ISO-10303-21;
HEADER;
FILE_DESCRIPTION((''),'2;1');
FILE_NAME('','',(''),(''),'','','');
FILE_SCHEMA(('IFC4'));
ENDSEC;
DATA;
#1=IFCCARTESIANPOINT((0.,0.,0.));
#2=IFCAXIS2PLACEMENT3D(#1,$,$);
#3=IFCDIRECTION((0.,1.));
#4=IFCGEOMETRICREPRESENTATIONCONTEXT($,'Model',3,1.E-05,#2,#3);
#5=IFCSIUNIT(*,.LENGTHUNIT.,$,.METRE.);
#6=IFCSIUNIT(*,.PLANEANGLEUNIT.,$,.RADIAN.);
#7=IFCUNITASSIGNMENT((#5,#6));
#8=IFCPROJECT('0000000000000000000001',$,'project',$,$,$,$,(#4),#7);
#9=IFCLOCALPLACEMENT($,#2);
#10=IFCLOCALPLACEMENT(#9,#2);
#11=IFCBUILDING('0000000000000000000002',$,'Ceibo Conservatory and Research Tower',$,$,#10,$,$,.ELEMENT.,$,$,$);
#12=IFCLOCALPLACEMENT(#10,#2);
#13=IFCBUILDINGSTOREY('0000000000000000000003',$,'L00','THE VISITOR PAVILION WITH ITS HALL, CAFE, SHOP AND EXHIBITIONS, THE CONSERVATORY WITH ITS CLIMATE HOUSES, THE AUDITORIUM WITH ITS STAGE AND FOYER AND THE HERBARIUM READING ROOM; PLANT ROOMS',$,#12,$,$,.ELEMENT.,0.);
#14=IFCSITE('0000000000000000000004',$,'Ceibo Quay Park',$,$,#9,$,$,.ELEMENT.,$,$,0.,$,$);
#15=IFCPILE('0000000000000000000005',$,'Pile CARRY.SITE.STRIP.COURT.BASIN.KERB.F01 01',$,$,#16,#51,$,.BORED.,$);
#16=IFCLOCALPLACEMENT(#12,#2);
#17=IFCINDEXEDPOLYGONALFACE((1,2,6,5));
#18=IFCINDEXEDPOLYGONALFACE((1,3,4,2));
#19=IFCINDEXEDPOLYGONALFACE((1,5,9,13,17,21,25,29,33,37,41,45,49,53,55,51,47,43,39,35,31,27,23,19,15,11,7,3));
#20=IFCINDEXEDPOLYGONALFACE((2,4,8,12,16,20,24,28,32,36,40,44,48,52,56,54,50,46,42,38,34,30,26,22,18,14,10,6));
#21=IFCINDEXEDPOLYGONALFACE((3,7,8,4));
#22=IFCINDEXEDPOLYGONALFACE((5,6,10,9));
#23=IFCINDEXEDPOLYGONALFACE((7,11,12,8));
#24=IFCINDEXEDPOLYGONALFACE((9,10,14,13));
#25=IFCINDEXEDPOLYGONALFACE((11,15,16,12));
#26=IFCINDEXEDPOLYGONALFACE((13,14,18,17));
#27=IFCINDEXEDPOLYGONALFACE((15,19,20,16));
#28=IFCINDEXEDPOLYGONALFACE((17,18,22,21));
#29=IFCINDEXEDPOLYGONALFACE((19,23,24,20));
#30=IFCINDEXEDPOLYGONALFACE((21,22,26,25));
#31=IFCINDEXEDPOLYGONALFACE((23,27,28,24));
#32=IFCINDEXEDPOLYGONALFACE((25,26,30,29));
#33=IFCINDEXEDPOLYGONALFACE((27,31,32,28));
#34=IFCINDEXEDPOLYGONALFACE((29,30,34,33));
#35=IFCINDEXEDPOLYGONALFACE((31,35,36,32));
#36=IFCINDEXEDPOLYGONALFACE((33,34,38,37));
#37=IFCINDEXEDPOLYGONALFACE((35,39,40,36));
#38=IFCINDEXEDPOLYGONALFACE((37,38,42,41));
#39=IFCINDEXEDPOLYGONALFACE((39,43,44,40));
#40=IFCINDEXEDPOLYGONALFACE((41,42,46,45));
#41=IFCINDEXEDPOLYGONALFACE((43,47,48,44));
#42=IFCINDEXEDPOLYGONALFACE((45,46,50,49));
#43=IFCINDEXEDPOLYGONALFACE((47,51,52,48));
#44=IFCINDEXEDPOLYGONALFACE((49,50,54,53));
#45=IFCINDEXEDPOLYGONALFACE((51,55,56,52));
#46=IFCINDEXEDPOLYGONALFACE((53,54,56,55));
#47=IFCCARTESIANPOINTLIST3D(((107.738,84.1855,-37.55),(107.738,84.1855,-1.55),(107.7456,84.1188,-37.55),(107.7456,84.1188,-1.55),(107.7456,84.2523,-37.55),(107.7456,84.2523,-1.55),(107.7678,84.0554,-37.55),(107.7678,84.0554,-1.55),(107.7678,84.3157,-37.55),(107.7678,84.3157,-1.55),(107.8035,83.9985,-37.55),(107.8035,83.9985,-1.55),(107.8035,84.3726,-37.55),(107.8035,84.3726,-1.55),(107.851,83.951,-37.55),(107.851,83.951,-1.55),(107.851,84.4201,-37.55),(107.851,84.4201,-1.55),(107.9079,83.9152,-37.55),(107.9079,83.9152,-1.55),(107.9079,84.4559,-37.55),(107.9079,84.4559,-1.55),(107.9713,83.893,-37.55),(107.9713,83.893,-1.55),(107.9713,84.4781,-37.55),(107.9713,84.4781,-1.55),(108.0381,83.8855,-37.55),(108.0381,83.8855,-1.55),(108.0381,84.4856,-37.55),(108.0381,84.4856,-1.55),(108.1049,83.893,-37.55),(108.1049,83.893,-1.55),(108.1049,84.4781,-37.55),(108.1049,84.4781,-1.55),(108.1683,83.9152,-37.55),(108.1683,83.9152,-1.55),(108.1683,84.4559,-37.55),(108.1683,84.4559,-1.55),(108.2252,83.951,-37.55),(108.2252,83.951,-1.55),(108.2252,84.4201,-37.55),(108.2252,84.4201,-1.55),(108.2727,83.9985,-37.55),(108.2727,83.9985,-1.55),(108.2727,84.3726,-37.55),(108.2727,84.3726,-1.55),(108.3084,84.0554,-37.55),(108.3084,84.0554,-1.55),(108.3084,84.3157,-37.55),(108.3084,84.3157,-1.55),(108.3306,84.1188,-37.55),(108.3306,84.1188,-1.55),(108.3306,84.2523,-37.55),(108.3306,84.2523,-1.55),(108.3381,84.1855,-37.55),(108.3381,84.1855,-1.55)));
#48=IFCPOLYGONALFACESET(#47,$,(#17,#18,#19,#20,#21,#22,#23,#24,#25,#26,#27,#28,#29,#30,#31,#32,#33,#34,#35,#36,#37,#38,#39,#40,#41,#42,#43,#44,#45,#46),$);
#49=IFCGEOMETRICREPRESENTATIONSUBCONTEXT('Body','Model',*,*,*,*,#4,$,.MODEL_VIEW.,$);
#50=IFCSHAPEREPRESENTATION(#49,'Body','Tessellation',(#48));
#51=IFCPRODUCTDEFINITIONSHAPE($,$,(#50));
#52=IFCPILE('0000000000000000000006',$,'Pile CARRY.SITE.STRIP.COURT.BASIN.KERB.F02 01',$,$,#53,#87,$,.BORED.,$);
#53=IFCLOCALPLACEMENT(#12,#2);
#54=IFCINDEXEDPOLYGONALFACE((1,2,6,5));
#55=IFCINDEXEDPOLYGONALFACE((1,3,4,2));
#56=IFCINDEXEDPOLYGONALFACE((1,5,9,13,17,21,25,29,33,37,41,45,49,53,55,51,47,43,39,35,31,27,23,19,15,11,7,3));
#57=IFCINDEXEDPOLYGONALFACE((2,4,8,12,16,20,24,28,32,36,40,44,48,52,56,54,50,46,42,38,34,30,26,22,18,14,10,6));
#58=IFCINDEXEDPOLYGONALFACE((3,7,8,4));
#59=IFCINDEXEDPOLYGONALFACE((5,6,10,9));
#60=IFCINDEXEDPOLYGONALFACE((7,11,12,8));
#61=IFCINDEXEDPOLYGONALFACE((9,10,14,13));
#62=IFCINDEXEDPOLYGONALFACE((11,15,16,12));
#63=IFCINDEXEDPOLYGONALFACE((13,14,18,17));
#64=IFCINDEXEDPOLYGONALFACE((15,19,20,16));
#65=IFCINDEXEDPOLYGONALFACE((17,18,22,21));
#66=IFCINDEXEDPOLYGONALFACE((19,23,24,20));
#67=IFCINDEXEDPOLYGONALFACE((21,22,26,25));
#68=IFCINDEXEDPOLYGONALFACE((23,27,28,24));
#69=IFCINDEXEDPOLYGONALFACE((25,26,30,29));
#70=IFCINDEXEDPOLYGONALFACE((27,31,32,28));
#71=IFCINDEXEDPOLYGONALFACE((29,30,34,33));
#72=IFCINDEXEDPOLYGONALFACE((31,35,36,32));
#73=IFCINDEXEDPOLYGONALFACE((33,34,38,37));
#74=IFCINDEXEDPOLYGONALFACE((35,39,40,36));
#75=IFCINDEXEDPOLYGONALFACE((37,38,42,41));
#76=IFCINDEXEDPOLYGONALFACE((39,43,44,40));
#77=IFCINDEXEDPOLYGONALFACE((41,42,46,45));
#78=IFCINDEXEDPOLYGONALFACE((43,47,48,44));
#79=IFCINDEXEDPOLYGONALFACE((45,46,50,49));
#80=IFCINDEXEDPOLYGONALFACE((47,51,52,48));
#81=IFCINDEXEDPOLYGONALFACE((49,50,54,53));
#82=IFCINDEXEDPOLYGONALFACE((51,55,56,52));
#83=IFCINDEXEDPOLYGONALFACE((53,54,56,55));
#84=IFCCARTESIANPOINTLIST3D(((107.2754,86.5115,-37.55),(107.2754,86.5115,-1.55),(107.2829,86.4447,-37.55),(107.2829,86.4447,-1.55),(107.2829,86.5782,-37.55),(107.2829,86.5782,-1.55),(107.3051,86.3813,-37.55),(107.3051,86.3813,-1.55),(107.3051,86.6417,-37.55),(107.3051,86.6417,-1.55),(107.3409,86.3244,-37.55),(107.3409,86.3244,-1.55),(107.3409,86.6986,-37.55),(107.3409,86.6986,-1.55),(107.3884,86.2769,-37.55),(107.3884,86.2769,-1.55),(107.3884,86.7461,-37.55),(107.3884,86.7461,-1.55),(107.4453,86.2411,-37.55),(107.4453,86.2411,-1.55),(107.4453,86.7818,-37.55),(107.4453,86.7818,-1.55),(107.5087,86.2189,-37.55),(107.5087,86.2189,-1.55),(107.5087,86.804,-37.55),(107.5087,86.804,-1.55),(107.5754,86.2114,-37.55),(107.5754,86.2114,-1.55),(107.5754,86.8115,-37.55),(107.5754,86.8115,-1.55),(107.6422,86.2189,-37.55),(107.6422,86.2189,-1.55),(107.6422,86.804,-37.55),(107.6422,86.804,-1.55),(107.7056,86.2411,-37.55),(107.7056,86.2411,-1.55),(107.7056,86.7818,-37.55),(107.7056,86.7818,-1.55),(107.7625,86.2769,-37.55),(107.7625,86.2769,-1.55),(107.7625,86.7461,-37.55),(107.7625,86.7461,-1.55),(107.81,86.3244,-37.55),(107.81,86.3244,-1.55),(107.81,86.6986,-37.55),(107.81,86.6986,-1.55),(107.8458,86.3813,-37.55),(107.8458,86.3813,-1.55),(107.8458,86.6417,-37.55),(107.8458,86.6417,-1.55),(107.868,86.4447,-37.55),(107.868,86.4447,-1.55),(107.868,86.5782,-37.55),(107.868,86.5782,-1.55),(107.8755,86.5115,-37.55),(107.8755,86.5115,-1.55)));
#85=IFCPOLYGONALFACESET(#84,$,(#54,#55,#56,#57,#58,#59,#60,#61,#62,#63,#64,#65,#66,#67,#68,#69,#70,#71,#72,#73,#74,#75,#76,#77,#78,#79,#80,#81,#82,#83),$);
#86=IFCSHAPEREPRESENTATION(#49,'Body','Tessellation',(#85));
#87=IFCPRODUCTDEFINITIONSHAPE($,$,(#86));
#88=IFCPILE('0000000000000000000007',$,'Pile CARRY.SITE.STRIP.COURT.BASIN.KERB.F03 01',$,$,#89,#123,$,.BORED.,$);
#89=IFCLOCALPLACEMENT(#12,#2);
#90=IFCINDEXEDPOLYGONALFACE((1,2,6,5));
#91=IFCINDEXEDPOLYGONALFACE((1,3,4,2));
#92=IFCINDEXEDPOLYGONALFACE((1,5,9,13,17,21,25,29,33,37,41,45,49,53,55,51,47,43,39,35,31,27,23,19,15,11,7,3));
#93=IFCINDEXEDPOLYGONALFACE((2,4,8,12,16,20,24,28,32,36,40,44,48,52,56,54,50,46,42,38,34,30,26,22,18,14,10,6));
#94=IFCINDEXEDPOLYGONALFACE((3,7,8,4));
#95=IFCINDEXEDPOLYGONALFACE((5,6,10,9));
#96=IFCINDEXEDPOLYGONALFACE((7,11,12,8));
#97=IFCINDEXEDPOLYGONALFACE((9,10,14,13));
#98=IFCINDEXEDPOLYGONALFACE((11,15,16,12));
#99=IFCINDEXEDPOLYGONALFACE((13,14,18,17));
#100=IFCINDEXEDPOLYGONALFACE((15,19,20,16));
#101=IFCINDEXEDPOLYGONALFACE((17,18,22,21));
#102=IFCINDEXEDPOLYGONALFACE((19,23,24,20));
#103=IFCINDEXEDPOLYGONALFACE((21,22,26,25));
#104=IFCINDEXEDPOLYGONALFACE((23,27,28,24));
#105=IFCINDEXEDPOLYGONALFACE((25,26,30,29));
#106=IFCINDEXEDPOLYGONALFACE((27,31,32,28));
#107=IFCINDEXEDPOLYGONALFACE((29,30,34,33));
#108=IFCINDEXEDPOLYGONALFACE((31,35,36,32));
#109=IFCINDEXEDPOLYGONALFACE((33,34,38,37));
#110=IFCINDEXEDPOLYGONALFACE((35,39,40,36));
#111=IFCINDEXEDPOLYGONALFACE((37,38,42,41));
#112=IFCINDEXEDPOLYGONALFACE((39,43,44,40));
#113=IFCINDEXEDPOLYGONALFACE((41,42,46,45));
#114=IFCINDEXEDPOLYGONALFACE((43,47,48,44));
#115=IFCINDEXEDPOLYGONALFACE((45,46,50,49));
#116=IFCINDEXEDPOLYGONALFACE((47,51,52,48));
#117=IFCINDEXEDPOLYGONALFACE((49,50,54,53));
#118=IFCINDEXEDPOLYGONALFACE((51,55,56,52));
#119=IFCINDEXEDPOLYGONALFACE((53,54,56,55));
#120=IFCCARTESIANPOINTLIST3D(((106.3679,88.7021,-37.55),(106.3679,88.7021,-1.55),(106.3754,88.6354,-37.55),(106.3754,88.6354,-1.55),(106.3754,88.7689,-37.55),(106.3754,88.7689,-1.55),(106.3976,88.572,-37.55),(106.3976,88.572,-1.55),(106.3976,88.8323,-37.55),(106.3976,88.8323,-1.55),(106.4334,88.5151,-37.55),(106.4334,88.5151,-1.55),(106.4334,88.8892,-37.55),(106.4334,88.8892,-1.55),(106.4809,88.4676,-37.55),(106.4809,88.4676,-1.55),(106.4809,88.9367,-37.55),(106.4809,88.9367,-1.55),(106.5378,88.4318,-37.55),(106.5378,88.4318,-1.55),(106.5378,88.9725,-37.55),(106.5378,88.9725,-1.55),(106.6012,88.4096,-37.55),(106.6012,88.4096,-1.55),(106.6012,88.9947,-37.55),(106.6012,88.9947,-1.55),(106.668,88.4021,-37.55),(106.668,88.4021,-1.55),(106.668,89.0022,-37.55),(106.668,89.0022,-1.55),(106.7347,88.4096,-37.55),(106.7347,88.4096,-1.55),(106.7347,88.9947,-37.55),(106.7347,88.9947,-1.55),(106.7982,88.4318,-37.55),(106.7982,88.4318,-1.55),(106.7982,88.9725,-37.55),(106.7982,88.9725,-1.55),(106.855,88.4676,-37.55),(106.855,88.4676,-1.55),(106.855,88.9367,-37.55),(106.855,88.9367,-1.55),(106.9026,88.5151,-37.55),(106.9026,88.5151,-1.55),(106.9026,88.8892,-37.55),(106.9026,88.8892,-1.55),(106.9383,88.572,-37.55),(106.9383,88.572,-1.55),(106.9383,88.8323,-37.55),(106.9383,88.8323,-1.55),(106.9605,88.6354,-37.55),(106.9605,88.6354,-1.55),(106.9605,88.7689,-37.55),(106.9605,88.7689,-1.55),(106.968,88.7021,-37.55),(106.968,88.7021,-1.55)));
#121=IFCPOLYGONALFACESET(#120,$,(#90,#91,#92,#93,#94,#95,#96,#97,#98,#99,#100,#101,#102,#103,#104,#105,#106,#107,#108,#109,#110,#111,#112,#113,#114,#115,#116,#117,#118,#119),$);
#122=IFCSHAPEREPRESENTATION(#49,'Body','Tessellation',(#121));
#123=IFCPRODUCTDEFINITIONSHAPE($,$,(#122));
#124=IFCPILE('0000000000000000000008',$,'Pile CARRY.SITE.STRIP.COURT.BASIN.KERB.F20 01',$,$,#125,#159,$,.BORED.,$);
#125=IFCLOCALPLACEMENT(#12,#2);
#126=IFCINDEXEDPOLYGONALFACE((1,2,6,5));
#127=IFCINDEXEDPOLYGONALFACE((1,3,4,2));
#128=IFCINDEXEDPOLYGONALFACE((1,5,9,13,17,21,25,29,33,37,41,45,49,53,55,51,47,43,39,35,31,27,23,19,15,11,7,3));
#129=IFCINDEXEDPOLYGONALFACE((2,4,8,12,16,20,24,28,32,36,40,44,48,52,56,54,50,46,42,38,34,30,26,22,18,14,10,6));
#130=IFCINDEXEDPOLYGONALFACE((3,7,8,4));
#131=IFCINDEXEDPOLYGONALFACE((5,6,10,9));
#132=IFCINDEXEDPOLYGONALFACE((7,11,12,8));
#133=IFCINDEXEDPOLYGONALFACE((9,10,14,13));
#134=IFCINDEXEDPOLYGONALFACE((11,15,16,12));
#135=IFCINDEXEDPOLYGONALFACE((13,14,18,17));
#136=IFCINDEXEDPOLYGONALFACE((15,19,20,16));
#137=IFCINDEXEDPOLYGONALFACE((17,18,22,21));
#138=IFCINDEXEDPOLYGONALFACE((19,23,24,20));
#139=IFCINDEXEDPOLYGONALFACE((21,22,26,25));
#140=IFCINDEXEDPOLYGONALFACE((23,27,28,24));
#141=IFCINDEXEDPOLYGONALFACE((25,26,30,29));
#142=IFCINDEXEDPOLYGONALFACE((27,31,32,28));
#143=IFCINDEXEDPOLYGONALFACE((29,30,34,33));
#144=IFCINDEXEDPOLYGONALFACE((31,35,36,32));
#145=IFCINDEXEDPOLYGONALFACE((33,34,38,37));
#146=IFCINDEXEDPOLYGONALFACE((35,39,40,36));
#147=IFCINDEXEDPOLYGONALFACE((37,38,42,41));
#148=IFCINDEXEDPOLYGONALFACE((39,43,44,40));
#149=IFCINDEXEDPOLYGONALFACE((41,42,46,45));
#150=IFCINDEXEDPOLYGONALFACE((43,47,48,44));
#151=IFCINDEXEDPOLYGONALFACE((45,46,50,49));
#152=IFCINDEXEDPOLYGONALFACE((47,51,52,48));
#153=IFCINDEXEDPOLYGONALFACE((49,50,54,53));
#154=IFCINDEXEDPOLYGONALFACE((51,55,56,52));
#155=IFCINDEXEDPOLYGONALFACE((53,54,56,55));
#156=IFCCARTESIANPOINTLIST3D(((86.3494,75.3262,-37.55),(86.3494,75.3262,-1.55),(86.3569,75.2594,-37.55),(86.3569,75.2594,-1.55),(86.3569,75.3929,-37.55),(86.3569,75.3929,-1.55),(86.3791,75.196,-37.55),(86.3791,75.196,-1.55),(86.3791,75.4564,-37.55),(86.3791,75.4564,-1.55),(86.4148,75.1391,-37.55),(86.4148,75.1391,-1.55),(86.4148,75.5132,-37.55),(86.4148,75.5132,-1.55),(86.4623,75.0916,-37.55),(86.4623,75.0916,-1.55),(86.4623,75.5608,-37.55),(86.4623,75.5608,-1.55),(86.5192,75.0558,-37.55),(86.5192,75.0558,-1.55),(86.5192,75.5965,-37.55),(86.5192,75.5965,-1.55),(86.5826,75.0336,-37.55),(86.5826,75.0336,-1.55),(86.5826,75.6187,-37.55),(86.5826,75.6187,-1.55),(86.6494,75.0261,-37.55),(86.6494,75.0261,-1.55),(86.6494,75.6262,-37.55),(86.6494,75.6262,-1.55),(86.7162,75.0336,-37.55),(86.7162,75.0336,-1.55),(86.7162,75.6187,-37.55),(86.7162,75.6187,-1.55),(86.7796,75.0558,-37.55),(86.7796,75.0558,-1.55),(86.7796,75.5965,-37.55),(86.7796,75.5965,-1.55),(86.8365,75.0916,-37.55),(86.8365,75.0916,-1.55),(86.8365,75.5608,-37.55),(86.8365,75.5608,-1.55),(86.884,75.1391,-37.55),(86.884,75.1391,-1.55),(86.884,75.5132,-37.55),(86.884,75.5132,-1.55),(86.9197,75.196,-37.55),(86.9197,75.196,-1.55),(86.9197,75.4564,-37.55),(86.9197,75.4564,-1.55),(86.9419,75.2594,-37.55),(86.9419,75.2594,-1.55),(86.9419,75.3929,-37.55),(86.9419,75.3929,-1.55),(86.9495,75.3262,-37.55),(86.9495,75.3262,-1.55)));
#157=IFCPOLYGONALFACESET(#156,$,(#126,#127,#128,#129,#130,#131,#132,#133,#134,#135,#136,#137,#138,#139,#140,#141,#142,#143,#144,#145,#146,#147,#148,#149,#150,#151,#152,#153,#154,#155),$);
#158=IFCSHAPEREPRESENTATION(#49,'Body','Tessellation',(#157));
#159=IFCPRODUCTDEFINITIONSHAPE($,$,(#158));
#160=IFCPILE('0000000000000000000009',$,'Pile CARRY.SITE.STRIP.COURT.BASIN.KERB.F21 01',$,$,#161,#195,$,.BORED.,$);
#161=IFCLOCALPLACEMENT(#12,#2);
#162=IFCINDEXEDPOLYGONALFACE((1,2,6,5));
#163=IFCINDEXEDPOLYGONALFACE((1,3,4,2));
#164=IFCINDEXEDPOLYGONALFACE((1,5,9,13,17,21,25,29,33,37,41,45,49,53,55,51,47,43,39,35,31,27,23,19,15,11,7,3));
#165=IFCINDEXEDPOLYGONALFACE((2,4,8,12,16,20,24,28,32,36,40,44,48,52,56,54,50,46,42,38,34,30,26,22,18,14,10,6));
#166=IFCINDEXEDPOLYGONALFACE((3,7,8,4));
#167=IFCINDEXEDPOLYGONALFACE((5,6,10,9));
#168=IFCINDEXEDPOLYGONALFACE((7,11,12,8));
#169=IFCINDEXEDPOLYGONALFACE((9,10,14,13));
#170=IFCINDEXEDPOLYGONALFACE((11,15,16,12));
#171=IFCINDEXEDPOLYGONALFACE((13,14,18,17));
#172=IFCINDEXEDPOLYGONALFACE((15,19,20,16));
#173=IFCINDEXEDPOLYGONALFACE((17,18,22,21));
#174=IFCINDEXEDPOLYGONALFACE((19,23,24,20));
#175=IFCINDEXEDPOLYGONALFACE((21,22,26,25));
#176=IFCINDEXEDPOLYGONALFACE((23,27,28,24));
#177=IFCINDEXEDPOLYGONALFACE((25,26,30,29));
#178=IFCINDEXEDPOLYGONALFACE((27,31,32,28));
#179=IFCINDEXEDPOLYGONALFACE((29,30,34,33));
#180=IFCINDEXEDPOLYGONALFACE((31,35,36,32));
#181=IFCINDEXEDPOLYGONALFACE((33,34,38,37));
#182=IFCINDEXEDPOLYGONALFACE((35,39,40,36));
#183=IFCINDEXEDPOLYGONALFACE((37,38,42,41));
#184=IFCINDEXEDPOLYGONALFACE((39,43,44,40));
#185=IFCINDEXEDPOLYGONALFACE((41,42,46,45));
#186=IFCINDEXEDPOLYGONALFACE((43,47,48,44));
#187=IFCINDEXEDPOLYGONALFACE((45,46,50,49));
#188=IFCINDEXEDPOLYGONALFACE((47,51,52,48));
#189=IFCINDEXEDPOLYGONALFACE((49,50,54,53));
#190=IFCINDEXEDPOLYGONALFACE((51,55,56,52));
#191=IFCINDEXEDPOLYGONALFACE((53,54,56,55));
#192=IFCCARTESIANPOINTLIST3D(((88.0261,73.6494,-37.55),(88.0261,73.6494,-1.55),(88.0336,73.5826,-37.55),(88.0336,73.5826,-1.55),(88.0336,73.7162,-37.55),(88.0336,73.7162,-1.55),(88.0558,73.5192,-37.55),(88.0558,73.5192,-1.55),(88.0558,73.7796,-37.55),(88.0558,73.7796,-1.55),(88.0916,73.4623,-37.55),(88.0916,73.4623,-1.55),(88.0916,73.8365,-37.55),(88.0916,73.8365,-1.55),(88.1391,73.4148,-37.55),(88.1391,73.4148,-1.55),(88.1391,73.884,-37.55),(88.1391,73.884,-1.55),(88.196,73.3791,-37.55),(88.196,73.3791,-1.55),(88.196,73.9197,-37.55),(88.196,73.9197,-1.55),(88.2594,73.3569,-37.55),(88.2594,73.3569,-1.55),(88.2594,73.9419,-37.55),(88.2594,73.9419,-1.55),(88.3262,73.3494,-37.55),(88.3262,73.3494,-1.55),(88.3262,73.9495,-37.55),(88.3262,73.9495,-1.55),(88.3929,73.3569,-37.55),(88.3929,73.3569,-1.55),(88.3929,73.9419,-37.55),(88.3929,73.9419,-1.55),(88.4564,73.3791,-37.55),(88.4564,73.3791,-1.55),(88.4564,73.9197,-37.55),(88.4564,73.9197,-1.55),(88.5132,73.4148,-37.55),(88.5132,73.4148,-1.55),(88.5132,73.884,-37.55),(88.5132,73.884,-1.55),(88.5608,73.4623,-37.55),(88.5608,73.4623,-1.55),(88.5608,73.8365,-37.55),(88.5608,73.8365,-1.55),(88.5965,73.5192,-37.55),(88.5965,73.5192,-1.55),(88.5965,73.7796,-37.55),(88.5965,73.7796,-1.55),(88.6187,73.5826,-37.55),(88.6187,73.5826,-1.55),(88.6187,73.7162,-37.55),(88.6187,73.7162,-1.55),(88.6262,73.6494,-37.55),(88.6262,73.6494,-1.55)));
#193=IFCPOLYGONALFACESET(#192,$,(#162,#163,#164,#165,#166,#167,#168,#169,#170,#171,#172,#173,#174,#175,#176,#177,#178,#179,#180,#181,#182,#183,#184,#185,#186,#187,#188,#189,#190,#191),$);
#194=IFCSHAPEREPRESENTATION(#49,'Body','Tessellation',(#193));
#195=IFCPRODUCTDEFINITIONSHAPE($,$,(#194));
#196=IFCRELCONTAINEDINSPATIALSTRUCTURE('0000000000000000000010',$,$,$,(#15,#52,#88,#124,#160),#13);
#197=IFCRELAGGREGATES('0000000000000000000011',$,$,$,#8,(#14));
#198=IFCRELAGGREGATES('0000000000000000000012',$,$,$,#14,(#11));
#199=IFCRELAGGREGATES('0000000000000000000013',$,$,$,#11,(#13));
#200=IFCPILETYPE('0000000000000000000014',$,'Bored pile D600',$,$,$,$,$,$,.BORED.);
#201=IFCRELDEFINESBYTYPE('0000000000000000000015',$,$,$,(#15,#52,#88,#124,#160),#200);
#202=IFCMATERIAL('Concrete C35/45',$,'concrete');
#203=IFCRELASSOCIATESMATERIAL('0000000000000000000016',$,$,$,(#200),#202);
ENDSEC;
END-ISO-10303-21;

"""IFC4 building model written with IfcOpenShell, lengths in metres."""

from ifc_helpers import new_model, si_unit, direction, frame, origin, origin_2d, place, context, subcontext, project, spatial, circle, extrude, material, material_profile, profile_set, type_object, element, save


model = new_model("IFC4")

# Units and contexts
model_context = context("Model", 3, precision=1e-05, world=origin(), true_north=direction((0.0, 1.0)))
body_context = subcontext(model_context, "Body", "Model", "MODEL_VIEW")
ifc_project = project(units=[si_unit("LENGTHUNIT", "METRE"), si_unit("PLANEANGLEUNIT", "RADIAN")], contexts=[model_context])

# Site, building, storey
site_placement = place(None, origin())
site = spatial("IfcSite", under=ifc_project, at=site_placement, Name="Ceibo Quay Park", CompositionType="ELEMENT", RefElevation=0.0)
building_placement = place(site_placement, origin())
building = spatial("IfcBuilding", under=site, at=building_placement, Name="Ceibo Conservatory and Research Tower", CompositionType="ELEMENT")
storey_placement = place(building_placement, origin())
storey = spatial("IfcBuildingStorey", under=building, at=storey_placement, Name="L00", Description="THE VISITOR PAVILION WITH ITS HALL, CAFE, SHOP AND EXHIBITIONS, THE CONSERVATORY WITH ITS CLIMATE HOUSES, THE AUDITORIUM WITH ITS STAGE AND FOYER AND THE HERBARIUM READING ROOM; PLANT ROOMS", CompositionType="ELEMENT", Elevation=0.0)

# Piles
ifc_material_1 = material(Name="Concrete C35/45", Category="concrete")
ifc_material_profile = material_profile(ifc_material_1, circle(Radius=0.3, at=origin_2d()), Name="RC D600")
ifc_profile_set = profile_set([ifc_material_profile], Name="Concrete C35/45")
pile_type = type_object("IfcPileType", Name="Bored pile D600", PredefinedType="BORED", material=ifc_profile_set)
for number, where, z_axis, x_axis, name in (
    (1, (108.0381, 84.1855, -1.55), (0.0, 0.0, -1.0), (1.0, 0.0, 0.0), "Pile CARRY.SITE.STRIP.COURT.BASIN.KERB.F01 01"),
    (2, (107.5754, 86.5115, -1.55), (0.0, 0.0, -1.0), (1.0, 0.0, 0.0), "Pile CARRY.SITE.STRIP.COURT.BASIN.KERB.F02 01"),
    (3, (106.668, 88.7021, -1.55), (0.0, 0.0, -1.0), (1.0, 0.0, 0.0), "Pile CARRY.SITE.STRIP.COURT.BASIN.KERB.F03 01"),
    (4, (86.6494, 75.3262, -1.55), (0.0, 0.0, -1.0), (1.0, 0.0, 0.0), "Pile CARRY.SITE.STRIP.COURT.BASIN.KERB.F20 01"),
    (5, (88.3262, 73.6494, -1.55), (0.0, 0.0, -1.0), (1.0, 0.0, 0.0), "Pile CARRY.SITE.STRIP.COURT.BASIN.KERB.F21 01"),
):
    element("IfcPile", number, at=place(storey_placement, frame(where, z_axis=z_axis, x_axis=x_axis)), inside=storey, type_object=pile_type, Name=name, PredefinedType="BORED", context=body_context, shape_type="SweptSolid", body=[
        extrude(circle(Radius=0.3, at=origin_2d()), origin(), (0.0, 0.0, 1.0), 36.0),
    ])

save(model, "model.ifc")
